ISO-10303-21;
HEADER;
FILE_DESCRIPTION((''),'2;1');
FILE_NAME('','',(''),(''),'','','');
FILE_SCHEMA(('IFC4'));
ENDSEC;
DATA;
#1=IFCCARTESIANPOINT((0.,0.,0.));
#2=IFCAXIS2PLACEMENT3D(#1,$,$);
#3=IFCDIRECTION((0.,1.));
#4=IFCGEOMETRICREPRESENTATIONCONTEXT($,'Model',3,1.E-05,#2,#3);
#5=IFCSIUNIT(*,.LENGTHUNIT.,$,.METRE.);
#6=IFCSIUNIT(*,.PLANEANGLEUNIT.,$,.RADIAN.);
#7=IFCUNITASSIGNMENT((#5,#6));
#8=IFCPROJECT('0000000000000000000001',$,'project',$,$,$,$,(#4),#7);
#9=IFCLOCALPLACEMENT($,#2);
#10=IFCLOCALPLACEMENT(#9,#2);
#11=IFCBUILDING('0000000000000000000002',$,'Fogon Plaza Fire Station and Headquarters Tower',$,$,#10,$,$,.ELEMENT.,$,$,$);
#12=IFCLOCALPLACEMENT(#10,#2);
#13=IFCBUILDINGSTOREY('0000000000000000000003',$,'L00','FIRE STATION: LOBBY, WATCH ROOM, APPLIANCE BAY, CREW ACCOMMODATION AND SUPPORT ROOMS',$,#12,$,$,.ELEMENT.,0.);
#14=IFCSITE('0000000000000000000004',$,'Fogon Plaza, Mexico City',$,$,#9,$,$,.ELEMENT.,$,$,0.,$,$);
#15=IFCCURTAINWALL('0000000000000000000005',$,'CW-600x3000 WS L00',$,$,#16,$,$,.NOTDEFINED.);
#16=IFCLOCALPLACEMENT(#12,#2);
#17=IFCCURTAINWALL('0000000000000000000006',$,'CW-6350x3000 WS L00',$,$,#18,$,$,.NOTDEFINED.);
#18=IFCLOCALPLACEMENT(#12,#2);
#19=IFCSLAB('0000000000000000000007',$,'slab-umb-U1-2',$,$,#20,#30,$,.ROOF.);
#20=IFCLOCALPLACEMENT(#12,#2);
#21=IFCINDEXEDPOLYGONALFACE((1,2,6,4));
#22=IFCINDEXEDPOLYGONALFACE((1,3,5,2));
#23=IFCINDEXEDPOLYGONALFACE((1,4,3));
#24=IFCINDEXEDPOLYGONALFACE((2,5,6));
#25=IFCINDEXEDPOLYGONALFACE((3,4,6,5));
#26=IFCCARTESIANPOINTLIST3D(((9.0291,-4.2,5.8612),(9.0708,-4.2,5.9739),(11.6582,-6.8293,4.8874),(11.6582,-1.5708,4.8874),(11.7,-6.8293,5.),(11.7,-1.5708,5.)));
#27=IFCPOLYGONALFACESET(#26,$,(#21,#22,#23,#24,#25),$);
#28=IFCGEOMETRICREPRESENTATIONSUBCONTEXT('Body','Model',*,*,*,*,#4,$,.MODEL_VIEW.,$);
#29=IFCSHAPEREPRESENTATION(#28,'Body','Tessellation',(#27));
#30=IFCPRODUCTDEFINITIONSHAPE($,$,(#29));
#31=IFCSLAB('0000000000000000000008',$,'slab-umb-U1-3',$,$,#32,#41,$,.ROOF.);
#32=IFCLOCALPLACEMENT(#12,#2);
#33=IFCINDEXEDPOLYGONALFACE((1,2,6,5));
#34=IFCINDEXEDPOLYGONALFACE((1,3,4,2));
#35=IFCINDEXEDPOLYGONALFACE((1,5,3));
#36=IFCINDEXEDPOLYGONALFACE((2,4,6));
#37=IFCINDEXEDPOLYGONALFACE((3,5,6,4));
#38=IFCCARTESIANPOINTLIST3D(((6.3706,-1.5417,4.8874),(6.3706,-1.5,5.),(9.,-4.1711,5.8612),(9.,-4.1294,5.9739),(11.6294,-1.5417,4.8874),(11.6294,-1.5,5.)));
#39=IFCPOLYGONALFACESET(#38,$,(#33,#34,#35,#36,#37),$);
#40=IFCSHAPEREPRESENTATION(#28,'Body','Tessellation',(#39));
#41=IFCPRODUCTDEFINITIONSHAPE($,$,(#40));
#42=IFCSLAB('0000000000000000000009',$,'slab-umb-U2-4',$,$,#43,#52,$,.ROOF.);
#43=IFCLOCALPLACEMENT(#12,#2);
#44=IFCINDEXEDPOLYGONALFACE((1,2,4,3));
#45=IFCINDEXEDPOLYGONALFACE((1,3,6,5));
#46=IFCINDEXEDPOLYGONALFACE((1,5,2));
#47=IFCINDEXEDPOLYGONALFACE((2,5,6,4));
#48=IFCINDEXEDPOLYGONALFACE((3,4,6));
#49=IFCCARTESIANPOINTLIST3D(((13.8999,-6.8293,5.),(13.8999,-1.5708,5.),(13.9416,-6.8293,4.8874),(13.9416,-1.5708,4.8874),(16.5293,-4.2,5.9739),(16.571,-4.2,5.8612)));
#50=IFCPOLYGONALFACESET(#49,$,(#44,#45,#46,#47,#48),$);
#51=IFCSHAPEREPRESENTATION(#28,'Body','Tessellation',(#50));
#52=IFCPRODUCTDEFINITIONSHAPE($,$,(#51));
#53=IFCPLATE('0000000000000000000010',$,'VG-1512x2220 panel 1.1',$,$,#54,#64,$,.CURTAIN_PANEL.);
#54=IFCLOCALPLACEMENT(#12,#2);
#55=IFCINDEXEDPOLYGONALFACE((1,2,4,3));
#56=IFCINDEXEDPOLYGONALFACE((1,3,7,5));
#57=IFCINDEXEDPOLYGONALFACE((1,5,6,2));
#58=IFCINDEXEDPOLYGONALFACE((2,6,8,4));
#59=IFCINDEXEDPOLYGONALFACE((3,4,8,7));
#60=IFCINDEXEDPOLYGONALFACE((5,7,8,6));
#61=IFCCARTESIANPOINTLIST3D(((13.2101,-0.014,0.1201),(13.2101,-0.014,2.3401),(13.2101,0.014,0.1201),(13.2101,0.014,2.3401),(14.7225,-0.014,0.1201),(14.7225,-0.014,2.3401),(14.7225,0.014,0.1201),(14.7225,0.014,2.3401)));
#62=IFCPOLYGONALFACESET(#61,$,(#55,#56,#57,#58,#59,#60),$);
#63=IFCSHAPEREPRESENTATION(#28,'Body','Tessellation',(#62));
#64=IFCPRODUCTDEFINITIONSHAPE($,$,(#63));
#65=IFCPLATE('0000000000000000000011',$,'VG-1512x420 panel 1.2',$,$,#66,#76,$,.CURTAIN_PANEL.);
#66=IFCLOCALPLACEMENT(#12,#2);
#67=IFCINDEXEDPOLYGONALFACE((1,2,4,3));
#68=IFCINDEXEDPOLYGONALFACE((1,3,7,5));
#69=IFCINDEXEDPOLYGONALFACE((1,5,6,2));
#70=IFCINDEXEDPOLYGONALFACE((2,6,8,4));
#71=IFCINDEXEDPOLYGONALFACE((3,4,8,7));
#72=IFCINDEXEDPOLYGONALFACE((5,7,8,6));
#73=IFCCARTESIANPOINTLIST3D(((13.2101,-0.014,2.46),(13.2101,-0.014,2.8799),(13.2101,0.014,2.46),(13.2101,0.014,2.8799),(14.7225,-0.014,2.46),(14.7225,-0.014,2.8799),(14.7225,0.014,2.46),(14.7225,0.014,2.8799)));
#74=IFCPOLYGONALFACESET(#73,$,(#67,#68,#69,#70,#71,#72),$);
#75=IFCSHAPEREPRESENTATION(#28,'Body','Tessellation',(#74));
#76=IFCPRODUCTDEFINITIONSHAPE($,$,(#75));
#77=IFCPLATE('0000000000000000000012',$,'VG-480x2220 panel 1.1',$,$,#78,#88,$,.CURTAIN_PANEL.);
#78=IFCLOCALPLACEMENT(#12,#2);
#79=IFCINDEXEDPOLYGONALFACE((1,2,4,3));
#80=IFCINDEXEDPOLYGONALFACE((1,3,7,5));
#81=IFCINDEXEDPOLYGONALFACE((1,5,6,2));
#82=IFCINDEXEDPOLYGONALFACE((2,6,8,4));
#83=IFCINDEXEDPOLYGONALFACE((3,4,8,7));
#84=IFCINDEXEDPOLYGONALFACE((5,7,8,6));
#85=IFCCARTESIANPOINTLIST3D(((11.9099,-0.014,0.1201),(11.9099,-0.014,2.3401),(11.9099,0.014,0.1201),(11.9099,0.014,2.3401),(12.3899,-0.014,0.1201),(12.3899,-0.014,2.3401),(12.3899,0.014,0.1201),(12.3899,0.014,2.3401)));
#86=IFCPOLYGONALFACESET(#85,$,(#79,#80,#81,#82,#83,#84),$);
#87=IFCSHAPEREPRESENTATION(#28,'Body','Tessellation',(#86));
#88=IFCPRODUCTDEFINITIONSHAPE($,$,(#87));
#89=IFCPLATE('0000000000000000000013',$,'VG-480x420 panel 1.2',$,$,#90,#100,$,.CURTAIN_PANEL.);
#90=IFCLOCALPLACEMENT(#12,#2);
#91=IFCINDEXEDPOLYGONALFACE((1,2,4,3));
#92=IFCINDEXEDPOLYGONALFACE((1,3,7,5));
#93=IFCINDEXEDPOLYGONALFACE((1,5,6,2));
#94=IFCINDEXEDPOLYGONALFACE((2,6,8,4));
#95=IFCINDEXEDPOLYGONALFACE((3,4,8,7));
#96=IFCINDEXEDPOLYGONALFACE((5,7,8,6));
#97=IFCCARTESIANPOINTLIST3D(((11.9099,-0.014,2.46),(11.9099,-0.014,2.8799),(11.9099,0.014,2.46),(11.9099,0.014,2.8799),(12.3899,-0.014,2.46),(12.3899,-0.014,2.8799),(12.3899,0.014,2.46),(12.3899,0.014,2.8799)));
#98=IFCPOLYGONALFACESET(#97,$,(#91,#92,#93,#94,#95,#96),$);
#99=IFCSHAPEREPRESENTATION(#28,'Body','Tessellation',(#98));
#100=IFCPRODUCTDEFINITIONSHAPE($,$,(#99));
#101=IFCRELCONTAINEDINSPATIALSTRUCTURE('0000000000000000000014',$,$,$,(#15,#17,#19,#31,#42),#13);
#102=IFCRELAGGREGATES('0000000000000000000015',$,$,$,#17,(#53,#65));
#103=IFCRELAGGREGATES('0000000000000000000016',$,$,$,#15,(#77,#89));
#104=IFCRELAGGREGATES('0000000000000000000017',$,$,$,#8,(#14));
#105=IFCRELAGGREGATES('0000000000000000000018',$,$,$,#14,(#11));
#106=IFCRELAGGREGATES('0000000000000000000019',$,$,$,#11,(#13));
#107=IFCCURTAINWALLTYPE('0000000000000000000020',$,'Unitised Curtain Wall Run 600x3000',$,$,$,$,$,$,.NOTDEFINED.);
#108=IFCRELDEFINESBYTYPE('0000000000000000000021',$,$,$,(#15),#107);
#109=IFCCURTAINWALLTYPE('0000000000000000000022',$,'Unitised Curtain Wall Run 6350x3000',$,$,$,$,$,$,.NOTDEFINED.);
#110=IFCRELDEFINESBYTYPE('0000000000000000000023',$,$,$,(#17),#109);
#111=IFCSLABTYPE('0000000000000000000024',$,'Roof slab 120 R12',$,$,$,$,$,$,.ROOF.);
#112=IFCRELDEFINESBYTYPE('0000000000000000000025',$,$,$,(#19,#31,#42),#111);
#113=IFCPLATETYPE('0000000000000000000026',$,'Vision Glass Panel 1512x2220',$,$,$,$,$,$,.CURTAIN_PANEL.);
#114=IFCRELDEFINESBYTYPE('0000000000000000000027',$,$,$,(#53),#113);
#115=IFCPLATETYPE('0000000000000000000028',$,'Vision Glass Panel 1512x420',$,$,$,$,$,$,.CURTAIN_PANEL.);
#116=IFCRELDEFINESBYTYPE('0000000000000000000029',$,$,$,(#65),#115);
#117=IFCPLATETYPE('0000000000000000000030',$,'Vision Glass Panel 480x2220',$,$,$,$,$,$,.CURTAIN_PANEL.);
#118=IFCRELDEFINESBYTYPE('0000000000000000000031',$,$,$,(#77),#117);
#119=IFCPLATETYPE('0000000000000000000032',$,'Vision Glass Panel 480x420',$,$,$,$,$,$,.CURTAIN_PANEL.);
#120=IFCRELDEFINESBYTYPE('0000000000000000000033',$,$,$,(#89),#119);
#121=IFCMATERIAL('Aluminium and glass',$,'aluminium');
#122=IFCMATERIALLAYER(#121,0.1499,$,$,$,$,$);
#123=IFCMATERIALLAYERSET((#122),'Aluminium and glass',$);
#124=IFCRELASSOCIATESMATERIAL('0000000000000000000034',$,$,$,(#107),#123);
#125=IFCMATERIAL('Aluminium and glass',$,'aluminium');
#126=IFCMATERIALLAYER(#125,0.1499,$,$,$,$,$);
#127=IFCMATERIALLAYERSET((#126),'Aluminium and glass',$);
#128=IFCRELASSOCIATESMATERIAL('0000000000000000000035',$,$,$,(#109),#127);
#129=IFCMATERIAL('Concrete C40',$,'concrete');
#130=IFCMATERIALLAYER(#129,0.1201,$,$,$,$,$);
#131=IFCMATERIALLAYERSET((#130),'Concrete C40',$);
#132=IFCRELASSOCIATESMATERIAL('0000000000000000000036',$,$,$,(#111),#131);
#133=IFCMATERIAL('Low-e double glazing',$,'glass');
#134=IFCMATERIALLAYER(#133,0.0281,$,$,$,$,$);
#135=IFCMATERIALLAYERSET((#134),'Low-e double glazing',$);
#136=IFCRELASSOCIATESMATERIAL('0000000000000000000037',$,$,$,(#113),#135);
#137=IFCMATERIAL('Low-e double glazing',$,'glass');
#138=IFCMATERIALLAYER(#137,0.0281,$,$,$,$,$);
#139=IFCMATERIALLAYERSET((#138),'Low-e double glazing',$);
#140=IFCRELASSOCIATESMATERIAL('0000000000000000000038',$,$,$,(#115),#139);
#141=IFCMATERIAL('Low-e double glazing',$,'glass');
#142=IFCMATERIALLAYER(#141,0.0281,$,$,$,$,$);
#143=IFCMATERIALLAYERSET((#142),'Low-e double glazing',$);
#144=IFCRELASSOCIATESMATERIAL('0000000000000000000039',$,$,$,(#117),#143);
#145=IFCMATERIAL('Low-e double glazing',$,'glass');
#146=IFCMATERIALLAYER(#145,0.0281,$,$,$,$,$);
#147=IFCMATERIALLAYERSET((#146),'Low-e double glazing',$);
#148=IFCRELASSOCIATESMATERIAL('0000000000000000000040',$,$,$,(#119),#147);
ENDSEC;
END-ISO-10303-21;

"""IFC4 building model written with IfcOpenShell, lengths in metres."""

from ifc_helpers import new_model, si_unit, direction, frame, origin, origin_2d, place, context, subcontext, project, spatial, polyline, rectangle, outline, extrude, material, layer, layer_set, type_object, element, aggregate, save


model = new_model("IFC4")

# Units and contexts
model_context = context("Model", 3, precision=1e-05, world=origin(), true_north=direction((0.0, 1.0)))
body_context = subcontext(model_context, "Body", "Model", "MODEL_VIEW")
ifc_project = project(units=[si_unit("LENGTHUNIT", "METRE"), si_unit("PLANEANGLEUNIT", "RADIAN")], contexts=[model_context])

# Site, building, storey
site_placement = place(None, origin())
site = spatial("IfcSite", under=ifc_project, at=site_placement, Name="Fogon Plaza, Mexico City", CompositionType="ELEMENT", RefElevation=0.0)
building_placement = place(site_placement, origin())
building = spatial("IfcBuilding", under=site, at=building_placement, Name="Fogon Plaza Fire Station and Headquarters Tower", CompositionType="ELEMENT")
storey_placement = place(building_placement, origin())
storey = spatial("IfcBuildingStorey", under=building, at=storey_placement, Name="L00", Description="FIRE STATION: LOBBY, WATCH ROOM, APPLIANCE BAY, CREW ACCOMMODATION AND SUPPORT ROOMS", CompositionType="ELEMENT", Elevation=0.0)

# Curtain wall
ifc_material_1 = material(Name="Aluminium and glass", Category="aluminium")
ifc_layer_1 = layer(ifc_material_1, 0.1499)
ifc_layer_set_1 = layer_set([ifc_layer_1], Name="Aluminium and glass")
curtain_wall_type_1 = type_object("IfcCurtainWallType", Name="Unitised Curtain Wall Run 600x3000", PredefinedType="NOTDEFINED", material=ifc_layer_set_1)
curtain_wall_1_placement = place(storey_placement, origin())
curtain_wall_1 = element("IfcCurtainWall", 1, at=curtain_wall_1_placement, inside=storey, type_object=curtain_wall_type_1, Name="CW-600x3000 WS L00", PredefinedType="NOTDEFINED")

# Curtain wall
ifc_material_2 = material(Name="Aluminium and glass", Category="aluminium")
ifc_layer_2 = layer(ifc_material_2, 0.1499)
ifc_layer_set_2 = layer_set([ifc_layer_2], Name="Aluminium and glass")
curtain_wall_type_2 = type_object("IfcCurtainWallType", Name="Unitised Curtain Wall Run 6350x3000", PredefinedType="NOTDEFINED", material=ifc_layer_set_2)
curtain_wall_2_placement = place(storey_placement, origin())
curtain_wall_2 = element("IfcCurtainWall", 2, at=curtain_wall_2_placement, inside=storey, type_object=curtain_wall_type_2, Name="CW-6350x3000 WS L00", PredefinedType="NOTDEFINED")

# Slabs
ifc_material_3 = material(Name="Concrete C40", Category="concrete")
ifc_layer_3 = layer(ifc_material_3, 0.1201)
ifc_layer_set_3 = layer_set([ifc_layer_3], Name="Concrete C40")
slab_type = type_object("IfcSlabType", Name="Roof slab 120 R12", PredefinedType="ROOF", material=ifc_layer_set_3)
slab_1_placement = place(storey_placement, frame((11.7, -6.8293, 5.0), z_axis=(0.347351, 0.0, 0.937735), x_axis=(-0.684003, 0.684066, 0.253365)))
element("IfcSlab", 3, at=slab_1_placement, inside=storey, type_object=slab_type, Name="slab-umb-U1-2", PredefinedType="ROOF", context=body_context, shape_type="SweptSolid", body=[
    extrude(outline(polyline([(0.0, 0.0), (3.8438, 0.0), (3.5972, -3.8357), (0.0, 0.0)])), origin(), (0.0, 0.0, -1.0), 0.1201),
])
slab_2_placement = place(storey_placement, frame((11.6294, -1.5, 5.0), z_axis=(0.0, 0.347323, 0.937746), x_axis=(-0.684036, -0.684036, 0.253354)))
element("IfcSlab", 4, at=slab_2_placement, inside=storey, type_object=slab_type, Name="slab-umb-U1-3", PredefinedType="ROOF", context=body_context, shape_type="SweptSolid", body=[
    extrude(outline(polyline([(0.0, 0.0), (3.8439, 0.0), (3.5972, -3.836), (0.0, 0.0)])), origin(), (0.0, 0.0, -1.0), 0.1201),
])
slab_3_placement = place(storey_placement, frame((13.8999, -1.5708, 5.0), z_axis=(-0.347323, 0.0, 0.937746), x_axis=(0.684066, -0.684003, 0.253365)))
element("IfcSlab", 5, at=slab_3_placement, inside=storey, type_object=slab_type, Name="slab-umb-U2-4", PredefinedType="ROOF", context=body_context, shape_type="SweptSolid", body=[
    extrude(outline(polyline([(0.0, 0.0), (3.8438, 0.0), (3.5969, -3.836), (0.0, 0.0)])), origin(), (0.0, 0.0, -1.0), 0.1201),
])

# Plates
ifc_material_4 = material(Name="Low-e double glazing", Category="glass")
ifc_layer_4 = layer(ifc_material_4, 0.0281)
ifc_layer_set_4 = layer_set([ifc_layer_4], Name="Low-e double glazing")
plate_type_1 = type_object("IfcPlateType", Name="Vision Glass Panel 1512x2220", PredefinedType="CURTAIN_PANEL", material=ifc_layer_set_4)
plate_1_placement = place(storey_placement, frame((13.9663, 0.0, 0.1201), z_axis=(0.0, 0.0, 1.0), x_axis=(1.0, 0.0, 0.0)))
plate_1 = element("IfcPlate", 6, at=plate_1_placement, type_object=plate_type_1, Name="VG-1512x2220 panel 1.1", PredefinedType="CURTAIN_PANEL", context=body_context, shape_type="SweptSolid", body=[
    extrude(rectangle(XDim=1.5125, YDim=0.0281, at=origin_2d()), origin(), (0.0, 0.0, 1.0), 2.22),
])
ifc_material_5 = material(Name="Low-e double glazing", Category="glass")
ifc_layer_5 = layer(ifc_material_5, 0.0281)
ifc_layer_set_5 = layer_set([ifc_layer_5], Name="Low-e double glazing")
plate_type_2 = type_object("IfcPlateType", Name="Vision Glass Panel 1512x420", PredefinedType="CURTAIN_PANEL", material=ifc_layer_set_5)
plate_2_placement = place(storey_placement, frame((13.9663, 0.0, 2.46), z_axis=(0.0, 0.0, 1.0), x_axis=(1.0, 0.0, 0.0)))
plate_2 = element("IfcPlate", 7, at=plate_2_placement, type_object=plate_type_2, Name="VG-1512x420 panel 1.2", PredefinedType="CURTAIN_PANEL", context=body_context, shape_type="SweptSolid", body=[
    extrude(rectangle(XDim=1.5125, YDim=0.0281, at=origin_2d()), origin(), (0.0, 0.0, 1.0), 0.4199),
])
aggregate(curtain_wall_2, [plate_1, plate_2])
ifc_material_6 = material(Name="Low-e double glazing", Category="glass")
ifc_layer_6 = layer(ifc_material_6, 0.0281)
ifc_layer_set_6 = layer_set([ifc_layer_6], Name="Low-e double glazing")
plate_type_3 = type_object("IfcPlateType", Name="Vision Glass Panel 480x2220", PredefinedType="CURTAIN_PANEL", material=ifc_layer_set_6)
plate_3_placement = place(storey_placement, frame((12.1499, 0.0, 0.1201), z_axis=(0.0, 0.0, 1.0), x_axis=(1.0, 0.0, 0.0)))
plate_3 = element("IfcPlate", 8, at=plate_3_placement, type_object=plate_type_3, Name="VG-480x2220 panel 1.1", PredefinedType="CURTAIN_PANEL", context=body_context, shape_type="SweptSolid", body=[
    extrude(rectangle(XDim=0.48, YDim=0.0281, at=origin_2d()), origin(), (0.0, 0.0, 1.0), 2.22),
])
ifc_material_7 = material(Name="Low-e double glazing", Category="glass")
ifc_layer_7 = layer(ifc_material_7, 0.0281)
ifc_layer_set_7 = layer_set([ifc_layer_7], Name="Low-e double glazing")
plate_type_4 = type_object("IfcPlateType", Name="Vision Glass Panel 480x420", PredefinedType="CURTAIN_PANEL", material=ifc_layer_set_7)
plate_4_placement = place(storey_placement, frame((12.1499, 0.0, 2.46), z_axis=(0.0, 0.0, 1.0), x_axis=(1.0, 0.0, 0.0)))
plate_4 = element("IfcPlate", 9, at=plate_4_placement, type_object=plate_type_4, Name="VG-480x420 panel 1.2", PredefinedType="CURTAIN_PANEL", context=body_context, shape_type="SweptSolid", body=[
    extrude(rectangle(XDim=0.48, YDim=0.0281, at=origin_2d()), origin(), (0.0, 0.0, 1.0), 0.4199),
])
aggregate(curtain_wall_1, [plate_3, plate_4])

save(model, "model.ifc")
